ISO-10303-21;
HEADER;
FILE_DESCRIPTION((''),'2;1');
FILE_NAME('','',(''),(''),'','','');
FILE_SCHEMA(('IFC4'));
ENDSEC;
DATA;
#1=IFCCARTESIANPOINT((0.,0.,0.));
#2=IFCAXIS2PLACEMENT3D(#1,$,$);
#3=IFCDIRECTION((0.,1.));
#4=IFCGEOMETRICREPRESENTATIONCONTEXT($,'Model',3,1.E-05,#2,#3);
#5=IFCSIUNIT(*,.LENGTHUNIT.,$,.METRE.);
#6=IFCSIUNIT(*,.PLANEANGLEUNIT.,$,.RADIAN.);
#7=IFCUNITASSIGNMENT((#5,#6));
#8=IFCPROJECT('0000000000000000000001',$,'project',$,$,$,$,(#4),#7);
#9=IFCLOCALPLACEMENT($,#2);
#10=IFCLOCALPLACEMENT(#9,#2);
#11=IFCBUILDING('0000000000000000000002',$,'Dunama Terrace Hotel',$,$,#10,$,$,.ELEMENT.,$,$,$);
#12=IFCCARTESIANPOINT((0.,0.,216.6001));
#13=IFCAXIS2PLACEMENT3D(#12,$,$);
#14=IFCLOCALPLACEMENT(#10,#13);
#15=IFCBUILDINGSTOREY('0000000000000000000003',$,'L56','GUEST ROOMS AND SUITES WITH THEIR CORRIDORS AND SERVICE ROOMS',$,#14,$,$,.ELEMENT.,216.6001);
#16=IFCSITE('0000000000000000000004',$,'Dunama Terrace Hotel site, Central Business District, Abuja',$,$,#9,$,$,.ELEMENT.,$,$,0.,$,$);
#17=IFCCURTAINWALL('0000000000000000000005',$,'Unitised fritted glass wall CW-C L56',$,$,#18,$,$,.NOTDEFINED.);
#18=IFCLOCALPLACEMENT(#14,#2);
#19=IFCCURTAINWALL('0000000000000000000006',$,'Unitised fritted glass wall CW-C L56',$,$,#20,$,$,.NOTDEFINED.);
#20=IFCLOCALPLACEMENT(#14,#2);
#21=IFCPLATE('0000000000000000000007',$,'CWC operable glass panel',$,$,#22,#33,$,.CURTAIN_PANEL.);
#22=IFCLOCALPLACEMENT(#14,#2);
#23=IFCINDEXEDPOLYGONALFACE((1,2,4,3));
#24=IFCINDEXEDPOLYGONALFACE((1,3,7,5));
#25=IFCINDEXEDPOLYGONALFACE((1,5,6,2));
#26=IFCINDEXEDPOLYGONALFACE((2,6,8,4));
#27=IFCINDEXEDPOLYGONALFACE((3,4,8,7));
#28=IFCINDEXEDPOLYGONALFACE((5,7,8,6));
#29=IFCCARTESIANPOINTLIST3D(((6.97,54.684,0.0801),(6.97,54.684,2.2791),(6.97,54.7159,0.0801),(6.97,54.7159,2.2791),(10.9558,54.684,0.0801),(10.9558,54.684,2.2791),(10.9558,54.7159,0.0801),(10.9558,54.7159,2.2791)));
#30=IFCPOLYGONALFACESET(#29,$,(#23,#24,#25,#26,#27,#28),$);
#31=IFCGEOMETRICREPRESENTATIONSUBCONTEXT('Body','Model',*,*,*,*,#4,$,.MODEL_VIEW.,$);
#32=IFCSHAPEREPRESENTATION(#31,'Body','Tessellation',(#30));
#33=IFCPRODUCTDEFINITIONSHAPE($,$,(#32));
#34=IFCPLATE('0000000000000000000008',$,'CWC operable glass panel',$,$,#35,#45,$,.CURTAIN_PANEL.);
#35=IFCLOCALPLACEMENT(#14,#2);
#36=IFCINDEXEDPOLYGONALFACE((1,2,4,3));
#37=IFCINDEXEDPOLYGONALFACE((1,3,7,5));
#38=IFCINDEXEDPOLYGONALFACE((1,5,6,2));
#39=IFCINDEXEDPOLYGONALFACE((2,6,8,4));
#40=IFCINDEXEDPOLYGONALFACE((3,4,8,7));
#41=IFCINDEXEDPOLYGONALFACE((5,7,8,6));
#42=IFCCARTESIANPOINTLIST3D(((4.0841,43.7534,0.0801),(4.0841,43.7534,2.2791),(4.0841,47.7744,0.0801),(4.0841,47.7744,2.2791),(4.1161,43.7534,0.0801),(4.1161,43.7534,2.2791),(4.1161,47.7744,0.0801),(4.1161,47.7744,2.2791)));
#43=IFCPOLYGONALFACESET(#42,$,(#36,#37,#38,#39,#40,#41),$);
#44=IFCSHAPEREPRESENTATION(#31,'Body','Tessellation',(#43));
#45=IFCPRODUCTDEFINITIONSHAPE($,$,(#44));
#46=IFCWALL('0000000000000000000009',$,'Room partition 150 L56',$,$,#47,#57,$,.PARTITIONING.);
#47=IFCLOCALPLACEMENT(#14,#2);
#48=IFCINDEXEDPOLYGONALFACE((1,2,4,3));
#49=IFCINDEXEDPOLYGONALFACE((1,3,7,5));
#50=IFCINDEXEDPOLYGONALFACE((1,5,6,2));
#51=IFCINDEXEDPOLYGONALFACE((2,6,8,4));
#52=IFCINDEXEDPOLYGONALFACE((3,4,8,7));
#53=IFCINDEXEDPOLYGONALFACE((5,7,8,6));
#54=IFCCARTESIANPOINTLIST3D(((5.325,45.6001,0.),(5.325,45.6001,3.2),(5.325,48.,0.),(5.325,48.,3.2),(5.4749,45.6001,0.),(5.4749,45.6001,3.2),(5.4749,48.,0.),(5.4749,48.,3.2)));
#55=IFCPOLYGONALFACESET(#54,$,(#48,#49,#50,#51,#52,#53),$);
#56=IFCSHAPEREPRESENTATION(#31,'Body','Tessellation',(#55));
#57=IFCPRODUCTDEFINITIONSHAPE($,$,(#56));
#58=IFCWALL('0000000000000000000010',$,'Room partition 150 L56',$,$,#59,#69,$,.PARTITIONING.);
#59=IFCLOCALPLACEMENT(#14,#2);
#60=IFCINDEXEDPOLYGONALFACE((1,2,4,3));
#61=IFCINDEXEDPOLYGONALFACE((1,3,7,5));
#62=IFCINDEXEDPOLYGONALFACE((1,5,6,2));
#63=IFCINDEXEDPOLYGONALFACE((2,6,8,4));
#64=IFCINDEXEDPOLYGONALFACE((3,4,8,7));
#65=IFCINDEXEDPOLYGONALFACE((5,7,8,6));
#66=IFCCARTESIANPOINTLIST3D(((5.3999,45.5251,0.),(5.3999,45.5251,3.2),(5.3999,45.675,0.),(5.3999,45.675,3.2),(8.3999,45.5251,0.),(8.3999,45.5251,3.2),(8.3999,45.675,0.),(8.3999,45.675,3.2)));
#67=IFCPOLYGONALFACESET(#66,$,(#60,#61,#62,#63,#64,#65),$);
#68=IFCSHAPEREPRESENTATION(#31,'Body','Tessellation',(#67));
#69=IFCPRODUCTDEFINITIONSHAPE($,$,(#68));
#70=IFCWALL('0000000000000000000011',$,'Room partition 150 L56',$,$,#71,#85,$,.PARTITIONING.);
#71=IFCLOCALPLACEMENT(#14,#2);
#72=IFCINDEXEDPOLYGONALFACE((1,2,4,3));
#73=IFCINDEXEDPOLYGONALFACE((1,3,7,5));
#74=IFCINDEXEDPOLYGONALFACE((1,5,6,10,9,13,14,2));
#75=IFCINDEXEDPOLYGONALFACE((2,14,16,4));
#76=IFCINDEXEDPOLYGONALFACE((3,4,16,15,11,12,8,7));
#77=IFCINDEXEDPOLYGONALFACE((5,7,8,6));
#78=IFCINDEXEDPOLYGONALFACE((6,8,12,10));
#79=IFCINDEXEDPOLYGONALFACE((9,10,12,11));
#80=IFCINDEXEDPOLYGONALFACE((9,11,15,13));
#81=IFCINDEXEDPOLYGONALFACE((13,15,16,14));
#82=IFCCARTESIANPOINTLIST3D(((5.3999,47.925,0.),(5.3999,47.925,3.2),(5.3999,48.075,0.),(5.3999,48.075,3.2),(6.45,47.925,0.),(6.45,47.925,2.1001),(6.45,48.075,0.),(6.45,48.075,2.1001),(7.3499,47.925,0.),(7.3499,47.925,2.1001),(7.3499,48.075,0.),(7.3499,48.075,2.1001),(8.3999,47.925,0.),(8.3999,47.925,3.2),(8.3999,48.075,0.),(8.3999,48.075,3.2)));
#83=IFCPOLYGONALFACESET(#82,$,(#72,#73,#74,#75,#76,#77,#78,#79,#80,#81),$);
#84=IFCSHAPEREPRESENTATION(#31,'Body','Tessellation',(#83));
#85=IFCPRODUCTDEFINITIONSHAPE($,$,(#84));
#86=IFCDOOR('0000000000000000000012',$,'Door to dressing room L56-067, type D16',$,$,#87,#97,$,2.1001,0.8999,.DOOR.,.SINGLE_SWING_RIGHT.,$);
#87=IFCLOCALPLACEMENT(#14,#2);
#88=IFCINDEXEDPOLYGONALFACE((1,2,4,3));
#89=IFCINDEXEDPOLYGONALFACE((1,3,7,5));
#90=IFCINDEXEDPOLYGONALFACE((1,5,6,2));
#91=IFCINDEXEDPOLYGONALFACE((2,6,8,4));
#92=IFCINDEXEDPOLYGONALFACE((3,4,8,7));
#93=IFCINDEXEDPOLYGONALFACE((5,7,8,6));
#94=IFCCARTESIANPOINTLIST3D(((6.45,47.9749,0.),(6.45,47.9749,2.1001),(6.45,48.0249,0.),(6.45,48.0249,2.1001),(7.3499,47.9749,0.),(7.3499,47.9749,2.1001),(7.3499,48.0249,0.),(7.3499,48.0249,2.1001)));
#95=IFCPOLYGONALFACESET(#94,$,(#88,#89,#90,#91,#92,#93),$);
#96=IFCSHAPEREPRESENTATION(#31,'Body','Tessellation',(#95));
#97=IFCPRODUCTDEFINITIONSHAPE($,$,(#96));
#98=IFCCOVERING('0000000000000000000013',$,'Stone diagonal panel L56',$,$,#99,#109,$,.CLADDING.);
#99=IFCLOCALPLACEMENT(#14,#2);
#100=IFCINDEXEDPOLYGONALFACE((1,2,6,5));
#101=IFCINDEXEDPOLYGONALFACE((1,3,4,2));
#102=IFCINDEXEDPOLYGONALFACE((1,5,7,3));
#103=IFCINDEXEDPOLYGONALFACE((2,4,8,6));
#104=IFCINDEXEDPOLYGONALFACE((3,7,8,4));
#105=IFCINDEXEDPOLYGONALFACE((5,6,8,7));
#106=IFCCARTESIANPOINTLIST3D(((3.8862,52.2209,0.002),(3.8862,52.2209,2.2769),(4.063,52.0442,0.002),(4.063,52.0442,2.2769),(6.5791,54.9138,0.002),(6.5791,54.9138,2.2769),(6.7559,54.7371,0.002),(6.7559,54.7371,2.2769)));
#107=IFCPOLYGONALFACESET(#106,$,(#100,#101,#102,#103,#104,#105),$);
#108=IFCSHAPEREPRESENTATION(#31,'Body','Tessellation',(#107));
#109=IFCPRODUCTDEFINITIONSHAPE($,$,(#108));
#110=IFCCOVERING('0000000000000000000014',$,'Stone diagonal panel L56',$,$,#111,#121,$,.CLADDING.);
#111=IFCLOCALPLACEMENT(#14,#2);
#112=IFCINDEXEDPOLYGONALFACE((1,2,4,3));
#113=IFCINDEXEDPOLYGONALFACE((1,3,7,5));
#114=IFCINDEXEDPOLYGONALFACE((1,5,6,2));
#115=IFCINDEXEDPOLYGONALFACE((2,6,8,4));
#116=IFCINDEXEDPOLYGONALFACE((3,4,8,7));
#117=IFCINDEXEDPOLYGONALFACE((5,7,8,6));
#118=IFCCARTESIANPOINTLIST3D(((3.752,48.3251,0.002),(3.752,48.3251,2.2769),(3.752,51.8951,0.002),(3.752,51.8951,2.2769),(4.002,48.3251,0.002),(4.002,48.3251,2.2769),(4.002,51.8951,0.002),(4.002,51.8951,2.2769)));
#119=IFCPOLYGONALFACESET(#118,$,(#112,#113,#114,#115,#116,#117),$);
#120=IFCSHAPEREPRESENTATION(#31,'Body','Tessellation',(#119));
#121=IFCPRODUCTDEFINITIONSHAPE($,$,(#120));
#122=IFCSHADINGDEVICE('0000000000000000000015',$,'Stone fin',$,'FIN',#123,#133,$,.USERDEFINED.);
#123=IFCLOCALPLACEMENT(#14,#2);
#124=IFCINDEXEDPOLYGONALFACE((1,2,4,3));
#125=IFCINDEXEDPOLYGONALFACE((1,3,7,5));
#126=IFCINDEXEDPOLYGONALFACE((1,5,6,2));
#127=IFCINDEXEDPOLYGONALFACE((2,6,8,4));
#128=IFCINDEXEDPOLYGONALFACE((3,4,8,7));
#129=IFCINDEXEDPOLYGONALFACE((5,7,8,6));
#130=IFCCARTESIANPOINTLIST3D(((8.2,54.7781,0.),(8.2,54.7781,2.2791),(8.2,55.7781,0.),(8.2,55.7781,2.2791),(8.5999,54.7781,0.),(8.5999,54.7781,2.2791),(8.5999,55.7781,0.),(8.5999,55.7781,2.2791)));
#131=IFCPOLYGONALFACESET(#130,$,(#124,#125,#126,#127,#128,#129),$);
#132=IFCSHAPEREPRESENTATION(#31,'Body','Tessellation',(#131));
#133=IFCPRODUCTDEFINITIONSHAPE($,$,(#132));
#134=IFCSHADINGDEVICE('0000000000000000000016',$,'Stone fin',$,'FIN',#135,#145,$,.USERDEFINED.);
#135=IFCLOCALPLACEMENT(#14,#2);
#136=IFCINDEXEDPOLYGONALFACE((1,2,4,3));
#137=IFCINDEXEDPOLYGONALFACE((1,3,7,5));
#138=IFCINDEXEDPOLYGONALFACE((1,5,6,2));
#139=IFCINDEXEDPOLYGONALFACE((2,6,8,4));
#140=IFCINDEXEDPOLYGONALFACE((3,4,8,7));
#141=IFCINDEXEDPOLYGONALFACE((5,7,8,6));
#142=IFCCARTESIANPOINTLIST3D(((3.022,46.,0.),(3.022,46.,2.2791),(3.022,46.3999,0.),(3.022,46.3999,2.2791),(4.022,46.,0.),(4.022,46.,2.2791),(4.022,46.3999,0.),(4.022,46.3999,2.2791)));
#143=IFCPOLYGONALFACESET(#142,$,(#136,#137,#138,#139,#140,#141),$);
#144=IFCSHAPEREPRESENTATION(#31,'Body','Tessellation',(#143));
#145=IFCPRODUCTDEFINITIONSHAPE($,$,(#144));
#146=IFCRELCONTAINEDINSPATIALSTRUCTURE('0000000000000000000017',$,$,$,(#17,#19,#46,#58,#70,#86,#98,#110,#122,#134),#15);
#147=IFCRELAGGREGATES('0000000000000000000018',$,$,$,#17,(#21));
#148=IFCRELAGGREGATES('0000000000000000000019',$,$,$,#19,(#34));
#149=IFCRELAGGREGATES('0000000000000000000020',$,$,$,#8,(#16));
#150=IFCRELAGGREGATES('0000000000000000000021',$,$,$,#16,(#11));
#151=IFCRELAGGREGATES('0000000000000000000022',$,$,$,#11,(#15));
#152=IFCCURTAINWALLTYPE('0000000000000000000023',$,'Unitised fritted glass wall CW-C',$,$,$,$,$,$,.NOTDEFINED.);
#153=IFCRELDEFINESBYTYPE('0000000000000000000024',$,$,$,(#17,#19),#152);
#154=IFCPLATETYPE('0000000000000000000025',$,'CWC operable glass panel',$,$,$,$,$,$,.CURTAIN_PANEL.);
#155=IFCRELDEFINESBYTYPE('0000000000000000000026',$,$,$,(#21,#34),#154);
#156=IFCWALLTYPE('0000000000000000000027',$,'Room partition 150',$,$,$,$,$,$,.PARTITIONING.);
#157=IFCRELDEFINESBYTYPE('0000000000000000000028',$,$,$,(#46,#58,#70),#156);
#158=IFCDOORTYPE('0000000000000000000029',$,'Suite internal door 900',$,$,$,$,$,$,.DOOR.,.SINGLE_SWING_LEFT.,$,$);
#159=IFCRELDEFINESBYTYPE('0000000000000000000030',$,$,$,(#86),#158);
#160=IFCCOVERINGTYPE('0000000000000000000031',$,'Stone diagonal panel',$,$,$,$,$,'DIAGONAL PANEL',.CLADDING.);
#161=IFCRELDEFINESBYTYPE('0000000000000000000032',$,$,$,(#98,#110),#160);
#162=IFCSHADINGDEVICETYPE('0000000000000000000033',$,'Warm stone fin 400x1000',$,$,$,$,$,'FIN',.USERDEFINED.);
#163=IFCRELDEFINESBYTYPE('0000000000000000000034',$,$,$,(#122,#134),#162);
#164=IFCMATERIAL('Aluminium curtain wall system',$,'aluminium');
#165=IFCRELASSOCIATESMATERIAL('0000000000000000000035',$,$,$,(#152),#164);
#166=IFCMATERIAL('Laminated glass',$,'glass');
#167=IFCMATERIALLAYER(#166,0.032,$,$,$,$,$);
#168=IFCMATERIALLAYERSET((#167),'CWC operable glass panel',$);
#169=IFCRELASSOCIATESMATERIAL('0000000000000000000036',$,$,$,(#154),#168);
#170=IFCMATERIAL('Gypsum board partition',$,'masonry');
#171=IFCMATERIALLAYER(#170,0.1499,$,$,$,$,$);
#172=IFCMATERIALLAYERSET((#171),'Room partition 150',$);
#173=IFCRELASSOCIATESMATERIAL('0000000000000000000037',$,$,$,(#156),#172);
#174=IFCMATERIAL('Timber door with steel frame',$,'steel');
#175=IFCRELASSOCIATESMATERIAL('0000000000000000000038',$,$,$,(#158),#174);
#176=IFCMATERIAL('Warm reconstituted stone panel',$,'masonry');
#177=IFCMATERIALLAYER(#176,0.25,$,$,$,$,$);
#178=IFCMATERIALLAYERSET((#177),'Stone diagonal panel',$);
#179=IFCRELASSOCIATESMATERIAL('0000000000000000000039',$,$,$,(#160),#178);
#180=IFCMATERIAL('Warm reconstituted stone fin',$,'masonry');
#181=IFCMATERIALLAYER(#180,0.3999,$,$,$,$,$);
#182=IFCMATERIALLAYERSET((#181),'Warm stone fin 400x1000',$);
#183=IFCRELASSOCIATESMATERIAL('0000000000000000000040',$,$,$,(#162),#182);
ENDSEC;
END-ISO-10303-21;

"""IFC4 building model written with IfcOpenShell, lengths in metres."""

from ifc_helpers import new_model, si_unit, direction, frame, frame_2d, origin, origin_2d, place, context, subcontext, project, spatial, rectangle, extrude, material, layer, layer_set, type_object, element, fill, aggregate, save


model = new_model("IFC4")

# Units and contexts
model_context = context("Model", 3, precision=1e-05, world=origin(), true_north=direction((0.0, 1.0)))
body_context = subcontext(model_context, "Body", "Model", "MODEL_VIEW")
ifc_project = project(units=[si_unit("LENGTHUNIT", "METRE"), si_unit("PLANEANGLEUNIT", "RADIAN")], contexts=[model_context])

# Site, building, storey
site_placement = place(None, origin())
site = spatial("IfcSite", under=ifc_project, at=site_placement, Name="Dunama Terrace Hotel site, Central Business District, Abuja", CompositionType="ELEMENT", RefElevation=0.0)
building_placement = place(site_placement, origin())
building = spatial("IfcBuilding", under=site, at=building_placement, Name="Dunama Terrace Hotel", CompositionType="ELEMENT")
storey_placement = place(building_placement, frame((0.0, 0.0, 216.6001)))
storey = spatial("IfcBuildingStorey", under=building, at=storey_placement, Name="L56", Description="GUEST ROOMS AND SUITES WITH THEIR CORRIDORS AND SERVICE ROOMS", CompositionType="ELEMENT", Elevation=216.6001)

# Curtain wall
ifc_material_1 = material(Name="Aluminium curtain wall system", Category="aluminium")
curtain_wall_type = type_object("IfcCurtainWallType", Name="Unitised fritted glass wall CW-C", PredefinedType="NOTDEFINED", material=ifc_material_1)
curtain_wall_1_placement = place(storey_placement, origin())
curtain_wall_1 = element("IfcCurtainWall", 1, at=curtain_wall_1_placement, inside=storey, type_object=curtain_wall_type, Name="Unitised fritted glass wall CW-C L56", PredefinedType="NOTDEFINED")

# Curtain wall
curtain_wall_2_placement = place(storey_placement, origin())
curtain_wall_2 = element("IfcCurtainWall", 2, at=curtain_wall_2_placement, inside=storey, type_object=curtain_wall_type, Name="Unitised fritted glass wall CW-C L56", PredefinedType="NOTDEFINED")

# Plates
ifc_material_2 = material(Name="Laminated glass", Category="glass")
ifc_layer_1 = layer(ifc_material_2, 0.032)
ifc_layer_set_1 = layer_set([ifc_layer_1], Name="CWC operable glass panel")
plate_type_1 = type_object("IfcPlateType", Name="CWC operable glass panel", PredefinedType="CURTAIN_PANEL", material=ifc_layer_set_1)
plate_1_placement = place(storey_placement, frame((8.9629, 54.7, 0.0801), z_axis=(0.0, 0.0, 1.0), x_axis=(-1.0, 0.0, 0.0)))
plate_1 = element("IfcPlate", 3, at=plate_1_placement, type_object=plate_type_1, Name="CWC operable glass panel", PredefinedType="CURTAIN_PANEL", context=body_context, shape_type="SweptSolid", body=[
    extrude(rectangle(XDim=3.9858, YDim=0.032, at=origin_2d()), origin(), (0.0, 0.0, 1.0), 2.199),
])
aggregate(curtain_wall_1, [plate_1])
plate_2_placement = place(storey_placement, frame((4.1001, 45.7639, 0.0801), z_axis=(0.0, 0.0, 1.0), x_axis=(0.0, -1.0, 0.0)))
plate_2 = element("IfcPlate", 4, at=plate_2_placement, type_object=plate_type_1, Name="CWC operable glass panel", PredefinedType="CURTAIN_PANEL", context=body_context, shape_type="SweptSolid", body=[
    extrude(rectangle(XDim=4.021, YDim=0.032, at=origin_2d()), origin(), (0.0, 0.0, 1.0), 2.199),
])
aggregate(curtain_wall_2, [plate_2])

# Walls
ifc_material_3 = material(Name="Gypsum board partition", Category="masonry")
ifc_layer_2 = layer(ifc_material_3, 0.1499)
ifc_layer_set_2 = layer_set([ifc_layer_2], Name="Room partition 150")
wall_type = type_object("IfcWallType", Name="Room partition 150", PredefinedType="PARTITIONING", material=ifc_layer_set_2)
wall_1_placement = place(storey_placement, frame((5.3999, 45.6001, 0.0), z_axis=(0.0, 0.0, 1.0), x_axis=(0.0, 1.0, 0.0)))
element("IfcWall", 5, at=wall_1_placement, inside=storey, type_object=wall_type, Name="Room partition 150 L56", PredefinedType="PARTITIONING", context=body_context, shape_type="SweptSolid", body=[
    extrude(rectangle(XDim=2.3999, YDim=0.1499, at=frame_2d((1.2, 0.0))), origin(), (0.0, 0.0, 1.0), 3.2),
])
wall_2_placement = place(storey_placement, frame((5.3999, 45.6001, 0.0), z_axis=(0.0, 0.0, 1.0), x_axis=(1.0, 0.0, 0.0)))
element("IfcWall", 6, at=wall_2_placement, inside=storey, type_object=wall_type, Name="Room partition 150 L56", PredefinedType="PARTITIONING", context=body_context, shape_type="SweptSolid", body=[
    extrude(rectangle(XDim=3.0, YDim=0.1499, at=frame_2d((1.5, 0.0))), origin(), (0.0, 0.0, 1.0), 3.2),
])

# Wall, opening, door
wall_3_placement = place(storey_placement, frame((5.3999, 48.0, 0.0), z_axis=(0.0, 0.0, 1.0), x_axis=(1.0, 0.0, 0.0)))
wall_3 = element("IfcWall", 7, at=wall_3_placement, inside=storey, type_object=wall_type, Name="Room partition 150 L56", PredefinedType="PARTITIONING", context=body_context, shape_type="SweptSolid", body=[
    extrude(rectangle(XDim=3.0, YDim=0.1499, at=frame_2d((1.5, 0.0))), origin(), (0.0, 0.0, 1.0), 3.2),
])
opening_placement = place(wall_3_placement, frame((1.05, 0.0, 0.0)))
opening = element("IfcOpeningElement", 8, at=opening_placement, cuts=wall_3, PredefinedType="OPENING", context=body_context, shape_type="SweptSolid", body=[
    extrude(rectangle(XDim=0.8999, YDim=2.1001, at=frame_2d((0.45, 1.05))), frame((0.0, 0.085, 0.0), z_axis=(0.0, -1.0, 0.0), x_axis=(1.0, 0.0, 0.0)), (0.0, 0.0, 1.0), 0.1699),
])
ifc_material_4 = material(Name="Timber door with steel frame", Category="steel")
door_type = type_object("IfcDoorType", Name="Suite internal door 900", OperationType="SINGLE_SWING_LEFT", PredefinedType="DOOR", material=ifc_material_4)
door_placement = place(opening_placement, frame((0.8999, 0.0, 0.0), z_axis=(0.0, 0.0, 1.0), x_axis=(-1.0, 0.0, 0.0)))
door = element("IfcDoor", 9, at=door_placement, inside=storey, type_object=door_type, Name="Door to dressing room L56-067, type D16", OperationType="SINGLE_SWING_RIGHT", OverallHeight=2.1001, OverallWidth=0.8999, PredefinedType="DOOR", context=body_context, shape_type="SweptSolid", body=[
    extrude(rectangle(XDim=0.8999, YDim=2.1001, at=frame_2d((0.45, 1.05))), frame((0.0, 0.0251, 0.0), z_axis=(0.0, -1.0, 0.0), x_axis=(1.0, 0.0, 0.0)), (0.0, 0.0, 1.0), 0.05),
])
fill(opening, door)

# Coverings
ifc_material_5 = material(Name="Warm reconstituted stone panel", Category="masonry")
ifc_layer_3 = layer(ifc_material_5, 0.25)
ifc_layer_set_3 = layer_set([ifc_layer_3], Name="Stone diagonal panel")
covering_type = type_object("IfcCoveringType", Name="Stone diagonal panel", ElementType="DIAGONAL PANEL", PredefinedType="CLADDING", material=ifc_layer_set_3)
covering_1_placement = place(storey_placement, frame((5.321, 53.479, 0.002), z_axis=(0.0, 0.0, 1.0), x_axis=(-0.707107, -0.707107, 0.0)))
element("IfcCovering", 10, at=covering_1_placement, inside=storey, type_object=covering_type, Name="Stone diagonal panel L56", PredefinedType="CLADDING", context=body_context, shape_type="SweptSolid", body=[
    extrude(rectangle(XDim=3.8083, YDim=0.25, at=origin_2d()), origin(), (0.0, 0.0, 1.0), 2.2749),
])
covering_2_placement = place(storey_placement, frame((3.877, 50.1101, 0.002), z_axis=(0.0, 0.0, 1.0), x_axis=(0.0, -1.0, 0.0)))
element("IfcCovering", 11, at=covering_2_placement, inside=storey, type_object=covering_type, Name="Stone diagonal panel L56", PredefinedType="CLADDING", context=body_context, shape_type="SweptSolid", body=[
    extrude(rectangle(XDim=3.5701, YDim=0.25, at=origin_2d()), origin(), (0.0, 0.0, 1.0), 2.2749),
])

# Shading devices
ifc_material_6 = material(Name="Warm reconstituted stone fin", Category="masonry")
ifc_layer_4 = layer(ifc_material_6, 0.3999)
ifc_layer_set_4 = layer_set([ifc_layer_4], Name="Warm stone fin 400x1000")
shading_device_type = type_object("IfcShadingDeviceType", Name="Warm stone fin 400x1000", ElementType="FIN", PredefinedType="USERDEFINED", material=ifc_layer_set_4)
for number, where, z_axis, x_axis, name in (
    (12, (8.3999, 55.2781, 0.0), (0.0, 0.0, 1.0), (-1.0, 0.0, 0.0), "Stone fin"),
    (13, (3.522, 46.2, 0.0), (0.0, 0.0, 1.0), (0.0, -1.0, 0.0), "Stone fin"),
):
    element("IfcShadingDevice", number, at=place(storey_placement, frame(where, z_axis=z_axis, x_axis=x_axis)), inside=storey, type_object=shading_device_type, Name=name, ObjectType="FIN", PredefinedType="USERDEFINED", context=body_context, shape_type="SweptSolid", body=[
        extrude(rectangle(XDim=0.3999, YDim=1.0, at=origin_2d()), origin(), (0.0, 0.0, 1.0), 2.2791),
    ])

save(model, "model.ifc")
